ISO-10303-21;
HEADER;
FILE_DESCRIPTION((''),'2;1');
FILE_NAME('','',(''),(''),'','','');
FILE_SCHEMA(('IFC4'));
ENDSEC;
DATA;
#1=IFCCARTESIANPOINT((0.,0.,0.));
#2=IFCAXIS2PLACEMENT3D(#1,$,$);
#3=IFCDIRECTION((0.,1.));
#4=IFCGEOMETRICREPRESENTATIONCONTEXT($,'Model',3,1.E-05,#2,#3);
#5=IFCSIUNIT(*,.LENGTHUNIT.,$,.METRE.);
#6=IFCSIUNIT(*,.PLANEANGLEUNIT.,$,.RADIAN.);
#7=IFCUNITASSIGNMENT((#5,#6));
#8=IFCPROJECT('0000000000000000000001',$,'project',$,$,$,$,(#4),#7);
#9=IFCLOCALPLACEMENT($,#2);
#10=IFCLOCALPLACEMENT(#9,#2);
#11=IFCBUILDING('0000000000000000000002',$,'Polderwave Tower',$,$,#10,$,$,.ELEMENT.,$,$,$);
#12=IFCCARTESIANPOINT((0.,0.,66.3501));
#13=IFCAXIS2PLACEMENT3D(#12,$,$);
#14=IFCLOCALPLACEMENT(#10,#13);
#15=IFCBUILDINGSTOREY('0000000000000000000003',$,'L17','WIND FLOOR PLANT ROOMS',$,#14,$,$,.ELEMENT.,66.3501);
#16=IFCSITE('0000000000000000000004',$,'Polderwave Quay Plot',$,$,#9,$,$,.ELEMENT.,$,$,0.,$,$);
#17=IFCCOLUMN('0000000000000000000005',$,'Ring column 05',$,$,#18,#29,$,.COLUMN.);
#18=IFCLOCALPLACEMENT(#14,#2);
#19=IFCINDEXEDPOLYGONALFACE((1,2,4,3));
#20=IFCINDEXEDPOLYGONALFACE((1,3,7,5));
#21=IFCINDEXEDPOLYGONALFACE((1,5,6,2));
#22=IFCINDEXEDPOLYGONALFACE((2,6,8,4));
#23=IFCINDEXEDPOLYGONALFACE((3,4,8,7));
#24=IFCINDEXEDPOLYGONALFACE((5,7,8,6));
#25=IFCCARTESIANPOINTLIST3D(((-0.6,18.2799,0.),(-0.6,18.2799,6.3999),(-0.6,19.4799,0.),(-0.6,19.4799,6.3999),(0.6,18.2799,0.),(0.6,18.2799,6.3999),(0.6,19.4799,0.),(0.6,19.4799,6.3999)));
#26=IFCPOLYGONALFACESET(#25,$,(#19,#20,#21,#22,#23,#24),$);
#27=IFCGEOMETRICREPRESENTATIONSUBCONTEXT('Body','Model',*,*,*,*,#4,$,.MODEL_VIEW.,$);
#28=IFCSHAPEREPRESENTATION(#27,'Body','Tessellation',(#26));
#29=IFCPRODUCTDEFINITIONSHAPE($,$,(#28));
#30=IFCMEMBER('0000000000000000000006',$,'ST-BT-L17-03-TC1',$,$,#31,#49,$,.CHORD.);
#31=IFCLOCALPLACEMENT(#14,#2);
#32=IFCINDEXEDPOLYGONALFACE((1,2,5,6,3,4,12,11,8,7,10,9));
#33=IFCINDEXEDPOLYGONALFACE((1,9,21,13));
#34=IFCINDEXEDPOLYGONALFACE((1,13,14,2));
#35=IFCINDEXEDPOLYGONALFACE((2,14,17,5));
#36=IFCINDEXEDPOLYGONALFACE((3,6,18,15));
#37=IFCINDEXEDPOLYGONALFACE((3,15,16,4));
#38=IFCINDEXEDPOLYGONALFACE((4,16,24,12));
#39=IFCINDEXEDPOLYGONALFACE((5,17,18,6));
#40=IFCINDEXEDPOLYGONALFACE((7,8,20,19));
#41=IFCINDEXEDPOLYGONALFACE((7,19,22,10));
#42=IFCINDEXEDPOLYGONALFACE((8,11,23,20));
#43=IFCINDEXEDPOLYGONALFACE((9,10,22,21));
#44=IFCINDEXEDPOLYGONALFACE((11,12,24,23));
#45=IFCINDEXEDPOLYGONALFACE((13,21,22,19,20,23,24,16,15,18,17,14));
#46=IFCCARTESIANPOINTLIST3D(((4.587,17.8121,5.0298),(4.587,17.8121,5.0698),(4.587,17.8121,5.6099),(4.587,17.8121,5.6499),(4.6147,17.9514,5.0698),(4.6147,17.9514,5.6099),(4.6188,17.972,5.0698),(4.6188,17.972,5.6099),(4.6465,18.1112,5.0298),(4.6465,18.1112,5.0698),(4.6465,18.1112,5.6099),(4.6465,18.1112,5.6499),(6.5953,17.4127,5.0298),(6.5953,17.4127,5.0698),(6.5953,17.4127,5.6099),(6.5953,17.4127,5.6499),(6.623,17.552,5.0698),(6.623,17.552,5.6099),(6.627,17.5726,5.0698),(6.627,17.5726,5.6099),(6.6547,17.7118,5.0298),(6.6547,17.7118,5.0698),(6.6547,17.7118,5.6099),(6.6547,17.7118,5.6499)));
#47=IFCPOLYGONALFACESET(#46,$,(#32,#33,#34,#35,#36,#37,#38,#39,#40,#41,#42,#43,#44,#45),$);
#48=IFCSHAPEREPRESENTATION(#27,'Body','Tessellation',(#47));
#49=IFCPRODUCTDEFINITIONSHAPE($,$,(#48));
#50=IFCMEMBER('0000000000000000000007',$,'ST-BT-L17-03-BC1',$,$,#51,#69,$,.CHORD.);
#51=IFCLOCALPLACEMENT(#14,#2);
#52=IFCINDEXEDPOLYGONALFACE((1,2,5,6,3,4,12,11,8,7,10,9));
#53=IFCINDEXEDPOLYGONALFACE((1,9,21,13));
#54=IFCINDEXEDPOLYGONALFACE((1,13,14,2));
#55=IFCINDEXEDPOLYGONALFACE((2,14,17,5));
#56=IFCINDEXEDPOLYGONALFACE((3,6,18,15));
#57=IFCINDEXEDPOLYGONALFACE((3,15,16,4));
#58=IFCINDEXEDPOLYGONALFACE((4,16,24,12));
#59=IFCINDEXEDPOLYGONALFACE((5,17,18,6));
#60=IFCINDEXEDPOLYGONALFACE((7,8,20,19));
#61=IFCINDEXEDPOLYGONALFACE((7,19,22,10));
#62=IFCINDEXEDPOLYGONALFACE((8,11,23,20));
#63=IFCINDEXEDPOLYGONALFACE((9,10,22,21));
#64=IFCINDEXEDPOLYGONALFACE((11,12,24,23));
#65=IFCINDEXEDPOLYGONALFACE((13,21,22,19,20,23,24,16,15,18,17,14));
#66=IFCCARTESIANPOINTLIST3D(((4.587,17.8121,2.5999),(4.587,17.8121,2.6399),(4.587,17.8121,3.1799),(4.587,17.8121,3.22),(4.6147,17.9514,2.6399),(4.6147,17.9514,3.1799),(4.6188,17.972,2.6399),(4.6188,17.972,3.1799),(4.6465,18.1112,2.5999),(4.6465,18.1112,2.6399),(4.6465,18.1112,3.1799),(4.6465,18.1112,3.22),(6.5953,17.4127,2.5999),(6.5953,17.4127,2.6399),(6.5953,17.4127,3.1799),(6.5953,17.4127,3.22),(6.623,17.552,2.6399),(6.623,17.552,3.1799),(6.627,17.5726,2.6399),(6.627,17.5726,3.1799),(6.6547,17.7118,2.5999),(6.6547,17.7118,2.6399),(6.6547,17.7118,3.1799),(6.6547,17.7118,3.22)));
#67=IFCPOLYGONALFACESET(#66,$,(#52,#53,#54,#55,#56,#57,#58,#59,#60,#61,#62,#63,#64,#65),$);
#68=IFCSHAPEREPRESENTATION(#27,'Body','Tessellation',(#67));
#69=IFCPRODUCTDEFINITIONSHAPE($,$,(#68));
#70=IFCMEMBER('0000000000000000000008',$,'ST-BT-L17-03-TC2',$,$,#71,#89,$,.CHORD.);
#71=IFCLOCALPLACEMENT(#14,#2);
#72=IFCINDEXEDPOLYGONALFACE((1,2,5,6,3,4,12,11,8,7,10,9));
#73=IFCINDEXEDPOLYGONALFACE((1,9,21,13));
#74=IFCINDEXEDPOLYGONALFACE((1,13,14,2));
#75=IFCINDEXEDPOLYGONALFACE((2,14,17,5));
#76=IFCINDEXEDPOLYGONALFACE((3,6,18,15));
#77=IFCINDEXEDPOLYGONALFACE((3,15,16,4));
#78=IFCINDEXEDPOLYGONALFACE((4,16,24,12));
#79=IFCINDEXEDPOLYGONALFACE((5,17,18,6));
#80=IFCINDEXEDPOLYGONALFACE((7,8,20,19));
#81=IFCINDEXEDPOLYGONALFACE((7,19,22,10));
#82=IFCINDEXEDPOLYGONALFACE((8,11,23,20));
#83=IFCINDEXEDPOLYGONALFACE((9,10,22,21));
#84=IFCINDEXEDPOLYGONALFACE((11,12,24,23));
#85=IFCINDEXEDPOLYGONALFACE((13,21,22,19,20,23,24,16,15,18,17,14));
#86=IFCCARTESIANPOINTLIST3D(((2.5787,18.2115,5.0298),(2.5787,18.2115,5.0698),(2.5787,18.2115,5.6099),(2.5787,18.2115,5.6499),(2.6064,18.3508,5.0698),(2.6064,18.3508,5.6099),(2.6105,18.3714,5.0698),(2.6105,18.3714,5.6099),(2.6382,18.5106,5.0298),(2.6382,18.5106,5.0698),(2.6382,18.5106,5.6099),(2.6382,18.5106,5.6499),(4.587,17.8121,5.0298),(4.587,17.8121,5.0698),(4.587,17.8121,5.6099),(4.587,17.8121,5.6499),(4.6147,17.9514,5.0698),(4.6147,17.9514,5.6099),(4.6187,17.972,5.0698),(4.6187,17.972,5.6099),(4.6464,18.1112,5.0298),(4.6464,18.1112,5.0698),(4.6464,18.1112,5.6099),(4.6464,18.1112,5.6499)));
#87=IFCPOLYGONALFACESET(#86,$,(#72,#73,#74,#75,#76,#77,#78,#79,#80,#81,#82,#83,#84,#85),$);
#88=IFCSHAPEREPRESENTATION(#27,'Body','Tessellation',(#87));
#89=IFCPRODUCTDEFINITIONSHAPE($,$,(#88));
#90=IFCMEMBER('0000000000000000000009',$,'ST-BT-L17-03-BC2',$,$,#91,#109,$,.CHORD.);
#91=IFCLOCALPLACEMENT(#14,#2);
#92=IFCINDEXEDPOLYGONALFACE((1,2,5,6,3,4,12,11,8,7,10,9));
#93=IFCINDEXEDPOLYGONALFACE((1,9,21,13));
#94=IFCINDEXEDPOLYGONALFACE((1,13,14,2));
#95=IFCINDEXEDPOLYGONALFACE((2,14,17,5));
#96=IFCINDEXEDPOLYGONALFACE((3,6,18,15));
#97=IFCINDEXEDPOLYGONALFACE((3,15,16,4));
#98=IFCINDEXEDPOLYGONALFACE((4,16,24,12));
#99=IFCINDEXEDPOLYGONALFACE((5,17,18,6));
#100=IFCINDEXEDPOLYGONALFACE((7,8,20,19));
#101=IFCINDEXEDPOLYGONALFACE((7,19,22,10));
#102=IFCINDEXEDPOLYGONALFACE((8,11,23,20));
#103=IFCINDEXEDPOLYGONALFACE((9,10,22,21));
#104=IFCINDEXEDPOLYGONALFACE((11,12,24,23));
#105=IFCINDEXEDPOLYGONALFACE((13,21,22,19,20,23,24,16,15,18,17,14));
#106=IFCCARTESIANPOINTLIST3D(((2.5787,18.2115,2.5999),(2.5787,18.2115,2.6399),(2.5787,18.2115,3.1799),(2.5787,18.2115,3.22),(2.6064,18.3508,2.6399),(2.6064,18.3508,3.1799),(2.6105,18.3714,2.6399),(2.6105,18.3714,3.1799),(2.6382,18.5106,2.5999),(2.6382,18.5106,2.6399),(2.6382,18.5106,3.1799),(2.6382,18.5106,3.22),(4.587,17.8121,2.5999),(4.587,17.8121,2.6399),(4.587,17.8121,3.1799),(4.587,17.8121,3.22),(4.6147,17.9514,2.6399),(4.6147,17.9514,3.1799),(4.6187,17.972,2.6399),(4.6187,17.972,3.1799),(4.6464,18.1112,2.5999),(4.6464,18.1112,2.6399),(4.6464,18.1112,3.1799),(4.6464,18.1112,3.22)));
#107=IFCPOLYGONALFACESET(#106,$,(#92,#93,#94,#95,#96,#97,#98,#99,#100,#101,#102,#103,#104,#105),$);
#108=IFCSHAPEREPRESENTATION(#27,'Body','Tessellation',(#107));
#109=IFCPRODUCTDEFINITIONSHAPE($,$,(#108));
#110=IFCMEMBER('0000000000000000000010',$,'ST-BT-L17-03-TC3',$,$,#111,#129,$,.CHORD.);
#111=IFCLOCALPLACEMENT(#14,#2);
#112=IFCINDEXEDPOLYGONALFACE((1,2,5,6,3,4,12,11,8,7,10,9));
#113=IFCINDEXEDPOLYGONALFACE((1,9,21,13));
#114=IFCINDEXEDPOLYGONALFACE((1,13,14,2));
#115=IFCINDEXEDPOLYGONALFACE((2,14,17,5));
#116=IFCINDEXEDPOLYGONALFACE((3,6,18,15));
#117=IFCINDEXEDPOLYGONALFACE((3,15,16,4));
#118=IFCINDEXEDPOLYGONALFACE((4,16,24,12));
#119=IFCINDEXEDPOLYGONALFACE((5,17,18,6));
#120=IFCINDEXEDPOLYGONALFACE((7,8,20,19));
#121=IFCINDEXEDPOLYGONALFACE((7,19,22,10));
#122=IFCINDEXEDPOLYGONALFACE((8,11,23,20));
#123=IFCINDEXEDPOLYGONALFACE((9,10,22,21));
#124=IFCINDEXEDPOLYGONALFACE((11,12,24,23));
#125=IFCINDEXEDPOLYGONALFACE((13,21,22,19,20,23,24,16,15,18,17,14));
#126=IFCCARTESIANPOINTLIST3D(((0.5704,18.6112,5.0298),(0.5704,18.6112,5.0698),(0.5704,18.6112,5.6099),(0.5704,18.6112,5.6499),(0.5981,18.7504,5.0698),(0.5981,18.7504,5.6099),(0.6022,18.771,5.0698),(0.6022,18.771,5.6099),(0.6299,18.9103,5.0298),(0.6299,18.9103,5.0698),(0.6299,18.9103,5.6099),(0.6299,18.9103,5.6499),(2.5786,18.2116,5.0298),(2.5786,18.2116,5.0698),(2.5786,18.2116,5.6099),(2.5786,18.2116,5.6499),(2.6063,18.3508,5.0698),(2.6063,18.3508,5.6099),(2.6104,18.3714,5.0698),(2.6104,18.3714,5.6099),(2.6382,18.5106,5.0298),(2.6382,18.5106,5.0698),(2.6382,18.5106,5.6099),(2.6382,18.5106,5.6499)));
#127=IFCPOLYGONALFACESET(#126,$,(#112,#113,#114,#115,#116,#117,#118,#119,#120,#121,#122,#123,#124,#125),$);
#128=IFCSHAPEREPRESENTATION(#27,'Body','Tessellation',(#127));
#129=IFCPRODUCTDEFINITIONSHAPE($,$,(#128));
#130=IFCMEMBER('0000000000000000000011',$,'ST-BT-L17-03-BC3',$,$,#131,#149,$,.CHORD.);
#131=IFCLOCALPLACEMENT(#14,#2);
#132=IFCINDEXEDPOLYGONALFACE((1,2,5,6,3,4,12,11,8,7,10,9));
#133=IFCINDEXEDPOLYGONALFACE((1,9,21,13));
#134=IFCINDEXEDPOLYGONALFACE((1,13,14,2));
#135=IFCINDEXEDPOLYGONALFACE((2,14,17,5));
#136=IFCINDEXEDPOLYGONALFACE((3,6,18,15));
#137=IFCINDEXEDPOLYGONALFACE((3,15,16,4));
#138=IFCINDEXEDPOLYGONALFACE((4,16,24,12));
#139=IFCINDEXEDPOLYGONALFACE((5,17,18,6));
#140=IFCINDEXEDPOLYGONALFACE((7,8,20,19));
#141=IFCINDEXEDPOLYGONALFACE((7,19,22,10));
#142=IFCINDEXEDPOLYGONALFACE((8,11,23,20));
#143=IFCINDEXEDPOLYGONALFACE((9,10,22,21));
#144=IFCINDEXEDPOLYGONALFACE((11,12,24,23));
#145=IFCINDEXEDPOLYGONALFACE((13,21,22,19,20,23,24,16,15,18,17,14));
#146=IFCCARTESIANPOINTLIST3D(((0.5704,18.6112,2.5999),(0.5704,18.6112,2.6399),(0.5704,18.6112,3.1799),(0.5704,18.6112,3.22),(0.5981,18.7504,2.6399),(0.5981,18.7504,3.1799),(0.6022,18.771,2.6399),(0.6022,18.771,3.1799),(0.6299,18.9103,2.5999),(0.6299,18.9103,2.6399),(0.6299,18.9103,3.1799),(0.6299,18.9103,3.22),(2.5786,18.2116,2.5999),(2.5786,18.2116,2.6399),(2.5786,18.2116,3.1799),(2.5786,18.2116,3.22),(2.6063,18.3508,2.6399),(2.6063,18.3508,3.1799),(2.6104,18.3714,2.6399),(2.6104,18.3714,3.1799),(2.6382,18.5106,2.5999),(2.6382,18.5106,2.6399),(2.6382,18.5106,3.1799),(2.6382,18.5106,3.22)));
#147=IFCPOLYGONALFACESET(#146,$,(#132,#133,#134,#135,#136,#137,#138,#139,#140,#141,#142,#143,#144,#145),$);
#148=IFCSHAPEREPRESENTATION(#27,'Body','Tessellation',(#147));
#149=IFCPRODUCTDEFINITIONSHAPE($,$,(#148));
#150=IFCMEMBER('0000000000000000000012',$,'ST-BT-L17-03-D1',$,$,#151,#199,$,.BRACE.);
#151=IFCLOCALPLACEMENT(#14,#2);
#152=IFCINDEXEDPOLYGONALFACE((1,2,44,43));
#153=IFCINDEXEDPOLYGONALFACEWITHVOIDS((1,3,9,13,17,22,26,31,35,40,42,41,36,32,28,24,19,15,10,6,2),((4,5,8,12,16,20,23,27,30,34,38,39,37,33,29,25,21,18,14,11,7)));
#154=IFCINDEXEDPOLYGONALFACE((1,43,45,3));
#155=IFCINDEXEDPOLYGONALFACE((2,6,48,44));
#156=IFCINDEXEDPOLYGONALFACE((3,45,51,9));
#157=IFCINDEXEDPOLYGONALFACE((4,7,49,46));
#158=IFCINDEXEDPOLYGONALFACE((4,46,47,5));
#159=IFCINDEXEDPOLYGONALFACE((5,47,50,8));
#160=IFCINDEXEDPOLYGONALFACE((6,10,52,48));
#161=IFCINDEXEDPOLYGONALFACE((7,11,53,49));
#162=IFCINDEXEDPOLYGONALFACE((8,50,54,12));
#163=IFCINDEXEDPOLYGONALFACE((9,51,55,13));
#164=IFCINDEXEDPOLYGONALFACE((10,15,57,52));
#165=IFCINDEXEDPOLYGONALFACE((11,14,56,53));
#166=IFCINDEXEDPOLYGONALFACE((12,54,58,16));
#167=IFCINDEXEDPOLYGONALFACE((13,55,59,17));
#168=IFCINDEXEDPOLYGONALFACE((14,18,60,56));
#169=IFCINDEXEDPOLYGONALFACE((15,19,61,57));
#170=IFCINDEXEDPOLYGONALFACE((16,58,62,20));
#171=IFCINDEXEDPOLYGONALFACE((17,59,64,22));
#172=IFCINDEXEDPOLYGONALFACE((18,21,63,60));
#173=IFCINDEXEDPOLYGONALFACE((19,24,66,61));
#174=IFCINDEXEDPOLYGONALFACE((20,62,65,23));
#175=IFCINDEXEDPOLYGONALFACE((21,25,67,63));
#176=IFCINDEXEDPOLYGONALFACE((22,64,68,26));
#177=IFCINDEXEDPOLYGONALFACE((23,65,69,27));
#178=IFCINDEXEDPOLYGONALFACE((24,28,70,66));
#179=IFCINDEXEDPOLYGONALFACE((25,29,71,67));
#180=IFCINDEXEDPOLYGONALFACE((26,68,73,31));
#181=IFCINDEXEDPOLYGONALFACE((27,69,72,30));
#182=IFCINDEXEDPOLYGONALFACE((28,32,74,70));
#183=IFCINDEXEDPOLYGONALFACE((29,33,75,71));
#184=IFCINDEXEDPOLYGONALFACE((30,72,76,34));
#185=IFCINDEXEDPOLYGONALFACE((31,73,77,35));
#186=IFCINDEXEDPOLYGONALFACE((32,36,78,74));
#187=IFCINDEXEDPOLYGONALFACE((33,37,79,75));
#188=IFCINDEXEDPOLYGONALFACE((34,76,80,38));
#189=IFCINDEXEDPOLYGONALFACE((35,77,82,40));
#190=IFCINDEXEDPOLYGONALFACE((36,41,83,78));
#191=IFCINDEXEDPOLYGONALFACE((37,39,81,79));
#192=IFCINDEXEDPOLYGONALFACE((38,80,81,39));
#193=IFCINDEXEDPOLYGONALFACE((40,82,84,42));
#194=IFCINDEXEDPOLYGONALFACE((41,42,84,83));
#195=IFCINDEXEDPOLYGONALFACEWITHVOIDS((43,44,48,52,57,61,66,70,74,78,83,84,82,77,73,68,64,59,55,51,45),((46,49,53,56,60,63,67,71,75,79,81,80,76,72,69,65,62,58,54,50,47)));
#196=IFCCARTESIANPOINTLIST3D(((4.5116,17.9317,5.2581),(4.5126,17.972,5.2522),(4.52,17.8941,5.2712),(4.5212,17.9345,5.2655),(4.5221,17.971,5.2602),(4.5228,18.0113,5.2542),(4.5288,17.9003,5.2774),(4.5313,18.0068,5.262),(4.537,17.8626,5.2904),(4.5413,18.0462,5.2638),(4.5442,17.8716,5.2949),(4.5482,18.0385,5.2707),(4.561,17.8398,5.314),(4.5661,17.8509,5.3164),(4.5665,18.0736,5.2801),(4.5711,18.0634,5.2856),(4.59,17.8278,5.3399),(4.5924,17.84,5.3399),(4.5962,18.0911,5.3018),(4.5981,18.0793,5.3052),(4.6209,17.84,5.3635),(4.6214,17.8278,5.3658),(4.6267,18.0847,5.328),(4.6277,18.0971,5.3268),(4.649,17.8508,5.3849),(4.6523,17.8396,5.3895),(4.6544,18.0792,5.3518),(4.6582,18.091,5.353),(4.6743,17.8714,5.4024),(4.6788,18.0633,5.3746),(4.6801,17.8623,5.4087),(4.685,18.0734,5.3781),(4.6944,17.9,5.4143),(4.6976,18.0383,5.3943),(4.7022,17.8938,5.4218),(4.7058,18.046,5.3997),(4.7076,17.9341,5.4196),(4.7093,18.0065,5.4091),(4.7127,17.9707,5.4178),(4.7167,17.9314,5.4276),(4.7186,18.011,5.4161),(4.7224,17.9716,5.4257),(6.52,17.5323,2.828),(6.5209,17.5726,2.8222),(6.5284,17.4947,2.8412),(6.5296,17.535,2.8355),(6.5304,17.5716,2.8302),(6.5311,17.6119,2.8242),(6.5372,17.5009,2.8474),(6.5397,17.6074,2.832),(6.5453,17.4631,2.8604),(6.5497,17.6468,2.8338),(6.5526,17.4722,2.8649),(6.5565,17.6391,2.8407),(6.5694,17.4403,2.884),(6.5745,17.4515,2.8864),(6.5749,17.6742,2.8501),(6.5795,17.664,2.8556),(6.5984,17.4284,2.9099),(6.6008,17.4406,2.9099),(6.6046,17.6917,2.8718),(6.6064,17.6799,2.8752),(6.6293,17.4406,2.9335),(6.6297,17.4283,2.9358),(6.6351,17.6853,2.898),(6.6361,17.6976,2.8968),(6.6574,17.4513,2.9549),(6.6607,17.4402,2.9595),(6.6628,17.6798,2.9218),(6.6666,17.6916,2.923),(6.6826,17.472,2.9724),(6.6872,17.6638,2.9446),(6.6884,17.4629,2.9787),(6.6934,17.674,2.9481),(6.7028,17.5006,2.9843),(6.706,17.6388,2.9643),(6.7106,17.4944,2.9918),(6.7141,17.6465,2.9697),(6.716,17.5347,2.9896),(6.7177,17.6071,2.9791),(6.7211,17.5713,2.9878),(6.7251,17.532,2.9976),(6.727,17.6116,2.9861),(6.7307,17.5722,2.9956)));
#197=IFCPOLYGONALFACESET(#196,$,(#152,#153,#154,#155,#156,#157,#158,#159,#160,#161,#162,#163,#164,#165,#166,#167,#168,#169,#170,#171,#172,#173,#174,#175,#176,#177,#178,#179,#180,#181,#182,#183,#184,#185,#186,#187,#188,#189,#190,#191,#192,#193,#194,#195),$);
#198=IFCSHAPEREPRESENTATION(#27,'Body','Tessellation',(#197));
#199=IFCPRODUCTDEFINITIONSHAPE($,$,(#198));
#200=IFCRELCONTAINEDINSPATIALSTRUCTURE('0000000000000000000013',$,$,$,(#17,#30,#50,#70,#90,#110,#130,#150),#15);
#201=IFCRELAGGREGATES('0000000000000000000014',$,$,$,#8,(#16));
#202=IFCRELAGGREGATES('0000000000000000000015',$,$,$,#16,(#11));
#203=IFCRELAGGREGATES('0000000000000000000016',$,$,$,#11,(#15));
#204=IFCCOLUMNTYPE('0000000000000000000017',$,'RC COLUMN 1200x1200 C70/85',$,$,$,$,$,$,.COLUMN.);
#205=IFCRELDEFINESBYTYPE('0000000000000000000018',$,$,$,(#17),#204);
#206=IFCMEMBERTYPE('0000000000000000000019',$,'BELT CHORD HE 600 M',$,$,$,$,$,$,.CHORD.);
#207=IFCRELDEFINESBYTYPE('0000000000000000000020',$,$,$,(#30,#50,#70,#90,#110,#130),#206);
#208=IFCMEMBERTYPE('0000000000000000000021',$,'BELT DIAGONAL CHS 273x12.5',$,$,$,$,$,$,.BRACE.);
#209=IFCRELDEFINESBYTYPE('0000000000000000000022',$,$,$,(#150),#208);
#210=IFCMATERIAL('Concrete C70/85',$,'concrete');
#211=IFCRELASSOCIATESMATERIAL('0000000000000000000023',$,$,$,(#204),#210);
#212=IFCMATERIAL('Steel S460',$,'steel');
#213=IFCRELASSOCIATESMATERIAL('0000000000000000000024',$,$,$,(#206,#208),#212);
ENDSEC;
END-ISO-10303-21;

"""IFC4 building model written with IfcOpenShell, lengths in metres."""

from ifc_helpers import new_model, si_unit, direction, frame, origin, origin_2d, place, context, subcontext, project, spatial, rectangle, hollow_circle, i_section, extrude, material, material_profile, profile_set, type_object, element, save


model = new_model("IFC4")

# Units and contexts
model_context = context("Model", 3, precision=1e-05, world=origin(), true_north=direction((0.0, 1.0)))
body_context = subcontext(model_context, "Body", "Model", "MODEL_VIEW")
ifc_project = project(units=[si_unit("LENGTHUNIT", "METRE"), si_unit("PLANEANGLEUNIT", "RADIAN")], contexts=[model_context])

# Site, building, storey
site_placement = place(None, origin())
site = spatial("IfcSite", under=ifc_project, at=site_placement, Name="Polderwave Quay Plot", CompositionType="ELEMENT", RefElevation=0.0)
building_placement = place(site_placement, origin())
building = spatial("IfcBuilding", under=site, at=building_placement, Name="Polderwave Tower", CompositionType="ELEMENT")
storey_placement = place(building_placement, frame((0.0, 0.0, 66.3501)))
storey = spatial("IfcBuildingStorey", under=building, at=storey_placement, Name="L17", Description="WIND FLOOR PLANT ROOMS", CompositionType="ELEMENT", Elevation=66.3501)

# Column
ifc_material_1 = material(Name="Concrete C70/85", Category="concrete")
ifc_material_profile_1 = material_profile(ifc_material_1, rectangle(XDim=1.2, YDim=1.2, at=origin_2d()), Name="RC 1200x1200")
ifc_profile_set_1 = profile_set([ifc_material_profile_1], Name="Concrete C70/85")
column_type = type_object("IfcColumnType", Name="RC COLUMN 1200x1200 C70/85", PredefinedType="COLUMN", material=ifc_profile_set_1)
column_placement = place(storey_placement, frame((0.0, 18.8799, 0.0), z_axis=(0.0, 0.0, 1.0), x_axis=(0.0, 1.0, 0.0)))
element("IfcColumn", 1, at=column_placement, inside=storey, type_object=column_type, Name="Ring column 05", PredefinedType="COLUMN", context=body_context, shape_type="SweptSolid", body=[
    extrude(rectangle(XDim=1.2, YDim=1.2, at=origin_2d()), origin(), (0.0, 0.0, 1.0), 6.3999),
])

# Members
ifc_material_2 = material(Name="Steel S460", Category="steel")
ifc_material_profile_2 = material_profile(ifc_material_2, i_section(OverallWidth=0.3049, OverallDepth=0.6201, WebThickness=0.021, FlangeThickness=0.04, at=origin_2d()), Name="HE 600 M")
ifc_profile_set_2 = profile_set([ifc_material_profile_2], Name="Steel S460")
member_type_1 = type_object("IfcMemberType", Name="BELT CHORD HE 600 M", PredefinedType="CHORD", material=ifc_profile_set_2)
for number, where, z_axis, x_axis, name in (
    (2, (6.625, 17.5623, 5.3398), (-0.980791, 0.195061, 0.0), (-0.195061, -0.980791, 0.0), "ST-BT-L17-03-TC1"),
    (3, (6.625, 17.5623, 2.9099), (-0.980791, 0.195061, 0.0), (-0.195061, -0.980791, 0.0), "ST-BT-L17-03-BC1"),
    (4, (4.6167, 17.9617, 5.3398), (-0.980791, 0.195061, 0.0), (-0.195061, -0.980791, 0.0), "ST-BT-L17-03-TC2"),
    (5, (4.6167, 17.9617, 2.9099), (-0.980791, 0.195061, 0.0), (-0.195061, -0.980791, 0.0), "ST-BT-L17-03-BC2"),
    (6, (2.6084, 18.3611, 5.3398), (-0.980768, 0.195176, 0.0), (-0.195176, -0.980768, 0.0), "ST-BT-L17-03-TC3"),
    (7, (2.6084, 18.3611, 2.9099), (-0.980768, 0.195176, 0.0), (-0.195176, -0.980768, 0.0), "ST-BT-L17-03-BC3"),
):
    element("IfcMember", number, at=place(storey_placement, frame(where, z_axis=z_axis, x_axis=x_axis)), inside=storey, type_object=member_type_1, Name=name, PredefinedType="CHORD", context=body_context, shape_type="SweptSolid", body=[
        extrude(i_section(OverallWidth=0.3049, OverallDepth=0.6201, WebThickness=0.021, FlangeThickness=0.04, at=origin_2d()), origin(), (0.0, 0.0, 1.0), 2.0476),
    ])
ifc_material_profile_3 = material_profile(ifc_material_2, hollow_circle(Radius=0.1365, WallThickness=0.0125, at=origin_2d()), Name="CHS 273x12.5")
ifc_profile_set_3 = profile_set([ifc_material_profile_3], Name="Steel S460")
member_type_2 = type_object("IfcMemberType", Name="BELT DIAGONAL CHS 273x12.5", PredefinedType="BRACE", material=ifc_profile_set_3)
for number, where, z_axis, x_axis, name in (
    (8, (6.625, 17.5623, 2.9099), (-0.632011, 0.125695, 0.764698), (-0.195061, -0.980791, 0.0), "ST-BT-L17-03-D1"),
):
    element("IfcMember", number, at=place(storey_placement, frame(where, z_axis=z_axis, x_axis=x_axis)), inside=storey, type_object=member_type_2, Name=name, PredefinedType="BRACE", context=body_context, shape_type="SweptSolid", body=[
        extrude(hollow_circle(Radius=0.1365, WallThickness=0.0125, at=origin_2d()), origin(), (0.0, 0.0, 1.0), 3.1777),
    ])

save(model, "model.ifc")
